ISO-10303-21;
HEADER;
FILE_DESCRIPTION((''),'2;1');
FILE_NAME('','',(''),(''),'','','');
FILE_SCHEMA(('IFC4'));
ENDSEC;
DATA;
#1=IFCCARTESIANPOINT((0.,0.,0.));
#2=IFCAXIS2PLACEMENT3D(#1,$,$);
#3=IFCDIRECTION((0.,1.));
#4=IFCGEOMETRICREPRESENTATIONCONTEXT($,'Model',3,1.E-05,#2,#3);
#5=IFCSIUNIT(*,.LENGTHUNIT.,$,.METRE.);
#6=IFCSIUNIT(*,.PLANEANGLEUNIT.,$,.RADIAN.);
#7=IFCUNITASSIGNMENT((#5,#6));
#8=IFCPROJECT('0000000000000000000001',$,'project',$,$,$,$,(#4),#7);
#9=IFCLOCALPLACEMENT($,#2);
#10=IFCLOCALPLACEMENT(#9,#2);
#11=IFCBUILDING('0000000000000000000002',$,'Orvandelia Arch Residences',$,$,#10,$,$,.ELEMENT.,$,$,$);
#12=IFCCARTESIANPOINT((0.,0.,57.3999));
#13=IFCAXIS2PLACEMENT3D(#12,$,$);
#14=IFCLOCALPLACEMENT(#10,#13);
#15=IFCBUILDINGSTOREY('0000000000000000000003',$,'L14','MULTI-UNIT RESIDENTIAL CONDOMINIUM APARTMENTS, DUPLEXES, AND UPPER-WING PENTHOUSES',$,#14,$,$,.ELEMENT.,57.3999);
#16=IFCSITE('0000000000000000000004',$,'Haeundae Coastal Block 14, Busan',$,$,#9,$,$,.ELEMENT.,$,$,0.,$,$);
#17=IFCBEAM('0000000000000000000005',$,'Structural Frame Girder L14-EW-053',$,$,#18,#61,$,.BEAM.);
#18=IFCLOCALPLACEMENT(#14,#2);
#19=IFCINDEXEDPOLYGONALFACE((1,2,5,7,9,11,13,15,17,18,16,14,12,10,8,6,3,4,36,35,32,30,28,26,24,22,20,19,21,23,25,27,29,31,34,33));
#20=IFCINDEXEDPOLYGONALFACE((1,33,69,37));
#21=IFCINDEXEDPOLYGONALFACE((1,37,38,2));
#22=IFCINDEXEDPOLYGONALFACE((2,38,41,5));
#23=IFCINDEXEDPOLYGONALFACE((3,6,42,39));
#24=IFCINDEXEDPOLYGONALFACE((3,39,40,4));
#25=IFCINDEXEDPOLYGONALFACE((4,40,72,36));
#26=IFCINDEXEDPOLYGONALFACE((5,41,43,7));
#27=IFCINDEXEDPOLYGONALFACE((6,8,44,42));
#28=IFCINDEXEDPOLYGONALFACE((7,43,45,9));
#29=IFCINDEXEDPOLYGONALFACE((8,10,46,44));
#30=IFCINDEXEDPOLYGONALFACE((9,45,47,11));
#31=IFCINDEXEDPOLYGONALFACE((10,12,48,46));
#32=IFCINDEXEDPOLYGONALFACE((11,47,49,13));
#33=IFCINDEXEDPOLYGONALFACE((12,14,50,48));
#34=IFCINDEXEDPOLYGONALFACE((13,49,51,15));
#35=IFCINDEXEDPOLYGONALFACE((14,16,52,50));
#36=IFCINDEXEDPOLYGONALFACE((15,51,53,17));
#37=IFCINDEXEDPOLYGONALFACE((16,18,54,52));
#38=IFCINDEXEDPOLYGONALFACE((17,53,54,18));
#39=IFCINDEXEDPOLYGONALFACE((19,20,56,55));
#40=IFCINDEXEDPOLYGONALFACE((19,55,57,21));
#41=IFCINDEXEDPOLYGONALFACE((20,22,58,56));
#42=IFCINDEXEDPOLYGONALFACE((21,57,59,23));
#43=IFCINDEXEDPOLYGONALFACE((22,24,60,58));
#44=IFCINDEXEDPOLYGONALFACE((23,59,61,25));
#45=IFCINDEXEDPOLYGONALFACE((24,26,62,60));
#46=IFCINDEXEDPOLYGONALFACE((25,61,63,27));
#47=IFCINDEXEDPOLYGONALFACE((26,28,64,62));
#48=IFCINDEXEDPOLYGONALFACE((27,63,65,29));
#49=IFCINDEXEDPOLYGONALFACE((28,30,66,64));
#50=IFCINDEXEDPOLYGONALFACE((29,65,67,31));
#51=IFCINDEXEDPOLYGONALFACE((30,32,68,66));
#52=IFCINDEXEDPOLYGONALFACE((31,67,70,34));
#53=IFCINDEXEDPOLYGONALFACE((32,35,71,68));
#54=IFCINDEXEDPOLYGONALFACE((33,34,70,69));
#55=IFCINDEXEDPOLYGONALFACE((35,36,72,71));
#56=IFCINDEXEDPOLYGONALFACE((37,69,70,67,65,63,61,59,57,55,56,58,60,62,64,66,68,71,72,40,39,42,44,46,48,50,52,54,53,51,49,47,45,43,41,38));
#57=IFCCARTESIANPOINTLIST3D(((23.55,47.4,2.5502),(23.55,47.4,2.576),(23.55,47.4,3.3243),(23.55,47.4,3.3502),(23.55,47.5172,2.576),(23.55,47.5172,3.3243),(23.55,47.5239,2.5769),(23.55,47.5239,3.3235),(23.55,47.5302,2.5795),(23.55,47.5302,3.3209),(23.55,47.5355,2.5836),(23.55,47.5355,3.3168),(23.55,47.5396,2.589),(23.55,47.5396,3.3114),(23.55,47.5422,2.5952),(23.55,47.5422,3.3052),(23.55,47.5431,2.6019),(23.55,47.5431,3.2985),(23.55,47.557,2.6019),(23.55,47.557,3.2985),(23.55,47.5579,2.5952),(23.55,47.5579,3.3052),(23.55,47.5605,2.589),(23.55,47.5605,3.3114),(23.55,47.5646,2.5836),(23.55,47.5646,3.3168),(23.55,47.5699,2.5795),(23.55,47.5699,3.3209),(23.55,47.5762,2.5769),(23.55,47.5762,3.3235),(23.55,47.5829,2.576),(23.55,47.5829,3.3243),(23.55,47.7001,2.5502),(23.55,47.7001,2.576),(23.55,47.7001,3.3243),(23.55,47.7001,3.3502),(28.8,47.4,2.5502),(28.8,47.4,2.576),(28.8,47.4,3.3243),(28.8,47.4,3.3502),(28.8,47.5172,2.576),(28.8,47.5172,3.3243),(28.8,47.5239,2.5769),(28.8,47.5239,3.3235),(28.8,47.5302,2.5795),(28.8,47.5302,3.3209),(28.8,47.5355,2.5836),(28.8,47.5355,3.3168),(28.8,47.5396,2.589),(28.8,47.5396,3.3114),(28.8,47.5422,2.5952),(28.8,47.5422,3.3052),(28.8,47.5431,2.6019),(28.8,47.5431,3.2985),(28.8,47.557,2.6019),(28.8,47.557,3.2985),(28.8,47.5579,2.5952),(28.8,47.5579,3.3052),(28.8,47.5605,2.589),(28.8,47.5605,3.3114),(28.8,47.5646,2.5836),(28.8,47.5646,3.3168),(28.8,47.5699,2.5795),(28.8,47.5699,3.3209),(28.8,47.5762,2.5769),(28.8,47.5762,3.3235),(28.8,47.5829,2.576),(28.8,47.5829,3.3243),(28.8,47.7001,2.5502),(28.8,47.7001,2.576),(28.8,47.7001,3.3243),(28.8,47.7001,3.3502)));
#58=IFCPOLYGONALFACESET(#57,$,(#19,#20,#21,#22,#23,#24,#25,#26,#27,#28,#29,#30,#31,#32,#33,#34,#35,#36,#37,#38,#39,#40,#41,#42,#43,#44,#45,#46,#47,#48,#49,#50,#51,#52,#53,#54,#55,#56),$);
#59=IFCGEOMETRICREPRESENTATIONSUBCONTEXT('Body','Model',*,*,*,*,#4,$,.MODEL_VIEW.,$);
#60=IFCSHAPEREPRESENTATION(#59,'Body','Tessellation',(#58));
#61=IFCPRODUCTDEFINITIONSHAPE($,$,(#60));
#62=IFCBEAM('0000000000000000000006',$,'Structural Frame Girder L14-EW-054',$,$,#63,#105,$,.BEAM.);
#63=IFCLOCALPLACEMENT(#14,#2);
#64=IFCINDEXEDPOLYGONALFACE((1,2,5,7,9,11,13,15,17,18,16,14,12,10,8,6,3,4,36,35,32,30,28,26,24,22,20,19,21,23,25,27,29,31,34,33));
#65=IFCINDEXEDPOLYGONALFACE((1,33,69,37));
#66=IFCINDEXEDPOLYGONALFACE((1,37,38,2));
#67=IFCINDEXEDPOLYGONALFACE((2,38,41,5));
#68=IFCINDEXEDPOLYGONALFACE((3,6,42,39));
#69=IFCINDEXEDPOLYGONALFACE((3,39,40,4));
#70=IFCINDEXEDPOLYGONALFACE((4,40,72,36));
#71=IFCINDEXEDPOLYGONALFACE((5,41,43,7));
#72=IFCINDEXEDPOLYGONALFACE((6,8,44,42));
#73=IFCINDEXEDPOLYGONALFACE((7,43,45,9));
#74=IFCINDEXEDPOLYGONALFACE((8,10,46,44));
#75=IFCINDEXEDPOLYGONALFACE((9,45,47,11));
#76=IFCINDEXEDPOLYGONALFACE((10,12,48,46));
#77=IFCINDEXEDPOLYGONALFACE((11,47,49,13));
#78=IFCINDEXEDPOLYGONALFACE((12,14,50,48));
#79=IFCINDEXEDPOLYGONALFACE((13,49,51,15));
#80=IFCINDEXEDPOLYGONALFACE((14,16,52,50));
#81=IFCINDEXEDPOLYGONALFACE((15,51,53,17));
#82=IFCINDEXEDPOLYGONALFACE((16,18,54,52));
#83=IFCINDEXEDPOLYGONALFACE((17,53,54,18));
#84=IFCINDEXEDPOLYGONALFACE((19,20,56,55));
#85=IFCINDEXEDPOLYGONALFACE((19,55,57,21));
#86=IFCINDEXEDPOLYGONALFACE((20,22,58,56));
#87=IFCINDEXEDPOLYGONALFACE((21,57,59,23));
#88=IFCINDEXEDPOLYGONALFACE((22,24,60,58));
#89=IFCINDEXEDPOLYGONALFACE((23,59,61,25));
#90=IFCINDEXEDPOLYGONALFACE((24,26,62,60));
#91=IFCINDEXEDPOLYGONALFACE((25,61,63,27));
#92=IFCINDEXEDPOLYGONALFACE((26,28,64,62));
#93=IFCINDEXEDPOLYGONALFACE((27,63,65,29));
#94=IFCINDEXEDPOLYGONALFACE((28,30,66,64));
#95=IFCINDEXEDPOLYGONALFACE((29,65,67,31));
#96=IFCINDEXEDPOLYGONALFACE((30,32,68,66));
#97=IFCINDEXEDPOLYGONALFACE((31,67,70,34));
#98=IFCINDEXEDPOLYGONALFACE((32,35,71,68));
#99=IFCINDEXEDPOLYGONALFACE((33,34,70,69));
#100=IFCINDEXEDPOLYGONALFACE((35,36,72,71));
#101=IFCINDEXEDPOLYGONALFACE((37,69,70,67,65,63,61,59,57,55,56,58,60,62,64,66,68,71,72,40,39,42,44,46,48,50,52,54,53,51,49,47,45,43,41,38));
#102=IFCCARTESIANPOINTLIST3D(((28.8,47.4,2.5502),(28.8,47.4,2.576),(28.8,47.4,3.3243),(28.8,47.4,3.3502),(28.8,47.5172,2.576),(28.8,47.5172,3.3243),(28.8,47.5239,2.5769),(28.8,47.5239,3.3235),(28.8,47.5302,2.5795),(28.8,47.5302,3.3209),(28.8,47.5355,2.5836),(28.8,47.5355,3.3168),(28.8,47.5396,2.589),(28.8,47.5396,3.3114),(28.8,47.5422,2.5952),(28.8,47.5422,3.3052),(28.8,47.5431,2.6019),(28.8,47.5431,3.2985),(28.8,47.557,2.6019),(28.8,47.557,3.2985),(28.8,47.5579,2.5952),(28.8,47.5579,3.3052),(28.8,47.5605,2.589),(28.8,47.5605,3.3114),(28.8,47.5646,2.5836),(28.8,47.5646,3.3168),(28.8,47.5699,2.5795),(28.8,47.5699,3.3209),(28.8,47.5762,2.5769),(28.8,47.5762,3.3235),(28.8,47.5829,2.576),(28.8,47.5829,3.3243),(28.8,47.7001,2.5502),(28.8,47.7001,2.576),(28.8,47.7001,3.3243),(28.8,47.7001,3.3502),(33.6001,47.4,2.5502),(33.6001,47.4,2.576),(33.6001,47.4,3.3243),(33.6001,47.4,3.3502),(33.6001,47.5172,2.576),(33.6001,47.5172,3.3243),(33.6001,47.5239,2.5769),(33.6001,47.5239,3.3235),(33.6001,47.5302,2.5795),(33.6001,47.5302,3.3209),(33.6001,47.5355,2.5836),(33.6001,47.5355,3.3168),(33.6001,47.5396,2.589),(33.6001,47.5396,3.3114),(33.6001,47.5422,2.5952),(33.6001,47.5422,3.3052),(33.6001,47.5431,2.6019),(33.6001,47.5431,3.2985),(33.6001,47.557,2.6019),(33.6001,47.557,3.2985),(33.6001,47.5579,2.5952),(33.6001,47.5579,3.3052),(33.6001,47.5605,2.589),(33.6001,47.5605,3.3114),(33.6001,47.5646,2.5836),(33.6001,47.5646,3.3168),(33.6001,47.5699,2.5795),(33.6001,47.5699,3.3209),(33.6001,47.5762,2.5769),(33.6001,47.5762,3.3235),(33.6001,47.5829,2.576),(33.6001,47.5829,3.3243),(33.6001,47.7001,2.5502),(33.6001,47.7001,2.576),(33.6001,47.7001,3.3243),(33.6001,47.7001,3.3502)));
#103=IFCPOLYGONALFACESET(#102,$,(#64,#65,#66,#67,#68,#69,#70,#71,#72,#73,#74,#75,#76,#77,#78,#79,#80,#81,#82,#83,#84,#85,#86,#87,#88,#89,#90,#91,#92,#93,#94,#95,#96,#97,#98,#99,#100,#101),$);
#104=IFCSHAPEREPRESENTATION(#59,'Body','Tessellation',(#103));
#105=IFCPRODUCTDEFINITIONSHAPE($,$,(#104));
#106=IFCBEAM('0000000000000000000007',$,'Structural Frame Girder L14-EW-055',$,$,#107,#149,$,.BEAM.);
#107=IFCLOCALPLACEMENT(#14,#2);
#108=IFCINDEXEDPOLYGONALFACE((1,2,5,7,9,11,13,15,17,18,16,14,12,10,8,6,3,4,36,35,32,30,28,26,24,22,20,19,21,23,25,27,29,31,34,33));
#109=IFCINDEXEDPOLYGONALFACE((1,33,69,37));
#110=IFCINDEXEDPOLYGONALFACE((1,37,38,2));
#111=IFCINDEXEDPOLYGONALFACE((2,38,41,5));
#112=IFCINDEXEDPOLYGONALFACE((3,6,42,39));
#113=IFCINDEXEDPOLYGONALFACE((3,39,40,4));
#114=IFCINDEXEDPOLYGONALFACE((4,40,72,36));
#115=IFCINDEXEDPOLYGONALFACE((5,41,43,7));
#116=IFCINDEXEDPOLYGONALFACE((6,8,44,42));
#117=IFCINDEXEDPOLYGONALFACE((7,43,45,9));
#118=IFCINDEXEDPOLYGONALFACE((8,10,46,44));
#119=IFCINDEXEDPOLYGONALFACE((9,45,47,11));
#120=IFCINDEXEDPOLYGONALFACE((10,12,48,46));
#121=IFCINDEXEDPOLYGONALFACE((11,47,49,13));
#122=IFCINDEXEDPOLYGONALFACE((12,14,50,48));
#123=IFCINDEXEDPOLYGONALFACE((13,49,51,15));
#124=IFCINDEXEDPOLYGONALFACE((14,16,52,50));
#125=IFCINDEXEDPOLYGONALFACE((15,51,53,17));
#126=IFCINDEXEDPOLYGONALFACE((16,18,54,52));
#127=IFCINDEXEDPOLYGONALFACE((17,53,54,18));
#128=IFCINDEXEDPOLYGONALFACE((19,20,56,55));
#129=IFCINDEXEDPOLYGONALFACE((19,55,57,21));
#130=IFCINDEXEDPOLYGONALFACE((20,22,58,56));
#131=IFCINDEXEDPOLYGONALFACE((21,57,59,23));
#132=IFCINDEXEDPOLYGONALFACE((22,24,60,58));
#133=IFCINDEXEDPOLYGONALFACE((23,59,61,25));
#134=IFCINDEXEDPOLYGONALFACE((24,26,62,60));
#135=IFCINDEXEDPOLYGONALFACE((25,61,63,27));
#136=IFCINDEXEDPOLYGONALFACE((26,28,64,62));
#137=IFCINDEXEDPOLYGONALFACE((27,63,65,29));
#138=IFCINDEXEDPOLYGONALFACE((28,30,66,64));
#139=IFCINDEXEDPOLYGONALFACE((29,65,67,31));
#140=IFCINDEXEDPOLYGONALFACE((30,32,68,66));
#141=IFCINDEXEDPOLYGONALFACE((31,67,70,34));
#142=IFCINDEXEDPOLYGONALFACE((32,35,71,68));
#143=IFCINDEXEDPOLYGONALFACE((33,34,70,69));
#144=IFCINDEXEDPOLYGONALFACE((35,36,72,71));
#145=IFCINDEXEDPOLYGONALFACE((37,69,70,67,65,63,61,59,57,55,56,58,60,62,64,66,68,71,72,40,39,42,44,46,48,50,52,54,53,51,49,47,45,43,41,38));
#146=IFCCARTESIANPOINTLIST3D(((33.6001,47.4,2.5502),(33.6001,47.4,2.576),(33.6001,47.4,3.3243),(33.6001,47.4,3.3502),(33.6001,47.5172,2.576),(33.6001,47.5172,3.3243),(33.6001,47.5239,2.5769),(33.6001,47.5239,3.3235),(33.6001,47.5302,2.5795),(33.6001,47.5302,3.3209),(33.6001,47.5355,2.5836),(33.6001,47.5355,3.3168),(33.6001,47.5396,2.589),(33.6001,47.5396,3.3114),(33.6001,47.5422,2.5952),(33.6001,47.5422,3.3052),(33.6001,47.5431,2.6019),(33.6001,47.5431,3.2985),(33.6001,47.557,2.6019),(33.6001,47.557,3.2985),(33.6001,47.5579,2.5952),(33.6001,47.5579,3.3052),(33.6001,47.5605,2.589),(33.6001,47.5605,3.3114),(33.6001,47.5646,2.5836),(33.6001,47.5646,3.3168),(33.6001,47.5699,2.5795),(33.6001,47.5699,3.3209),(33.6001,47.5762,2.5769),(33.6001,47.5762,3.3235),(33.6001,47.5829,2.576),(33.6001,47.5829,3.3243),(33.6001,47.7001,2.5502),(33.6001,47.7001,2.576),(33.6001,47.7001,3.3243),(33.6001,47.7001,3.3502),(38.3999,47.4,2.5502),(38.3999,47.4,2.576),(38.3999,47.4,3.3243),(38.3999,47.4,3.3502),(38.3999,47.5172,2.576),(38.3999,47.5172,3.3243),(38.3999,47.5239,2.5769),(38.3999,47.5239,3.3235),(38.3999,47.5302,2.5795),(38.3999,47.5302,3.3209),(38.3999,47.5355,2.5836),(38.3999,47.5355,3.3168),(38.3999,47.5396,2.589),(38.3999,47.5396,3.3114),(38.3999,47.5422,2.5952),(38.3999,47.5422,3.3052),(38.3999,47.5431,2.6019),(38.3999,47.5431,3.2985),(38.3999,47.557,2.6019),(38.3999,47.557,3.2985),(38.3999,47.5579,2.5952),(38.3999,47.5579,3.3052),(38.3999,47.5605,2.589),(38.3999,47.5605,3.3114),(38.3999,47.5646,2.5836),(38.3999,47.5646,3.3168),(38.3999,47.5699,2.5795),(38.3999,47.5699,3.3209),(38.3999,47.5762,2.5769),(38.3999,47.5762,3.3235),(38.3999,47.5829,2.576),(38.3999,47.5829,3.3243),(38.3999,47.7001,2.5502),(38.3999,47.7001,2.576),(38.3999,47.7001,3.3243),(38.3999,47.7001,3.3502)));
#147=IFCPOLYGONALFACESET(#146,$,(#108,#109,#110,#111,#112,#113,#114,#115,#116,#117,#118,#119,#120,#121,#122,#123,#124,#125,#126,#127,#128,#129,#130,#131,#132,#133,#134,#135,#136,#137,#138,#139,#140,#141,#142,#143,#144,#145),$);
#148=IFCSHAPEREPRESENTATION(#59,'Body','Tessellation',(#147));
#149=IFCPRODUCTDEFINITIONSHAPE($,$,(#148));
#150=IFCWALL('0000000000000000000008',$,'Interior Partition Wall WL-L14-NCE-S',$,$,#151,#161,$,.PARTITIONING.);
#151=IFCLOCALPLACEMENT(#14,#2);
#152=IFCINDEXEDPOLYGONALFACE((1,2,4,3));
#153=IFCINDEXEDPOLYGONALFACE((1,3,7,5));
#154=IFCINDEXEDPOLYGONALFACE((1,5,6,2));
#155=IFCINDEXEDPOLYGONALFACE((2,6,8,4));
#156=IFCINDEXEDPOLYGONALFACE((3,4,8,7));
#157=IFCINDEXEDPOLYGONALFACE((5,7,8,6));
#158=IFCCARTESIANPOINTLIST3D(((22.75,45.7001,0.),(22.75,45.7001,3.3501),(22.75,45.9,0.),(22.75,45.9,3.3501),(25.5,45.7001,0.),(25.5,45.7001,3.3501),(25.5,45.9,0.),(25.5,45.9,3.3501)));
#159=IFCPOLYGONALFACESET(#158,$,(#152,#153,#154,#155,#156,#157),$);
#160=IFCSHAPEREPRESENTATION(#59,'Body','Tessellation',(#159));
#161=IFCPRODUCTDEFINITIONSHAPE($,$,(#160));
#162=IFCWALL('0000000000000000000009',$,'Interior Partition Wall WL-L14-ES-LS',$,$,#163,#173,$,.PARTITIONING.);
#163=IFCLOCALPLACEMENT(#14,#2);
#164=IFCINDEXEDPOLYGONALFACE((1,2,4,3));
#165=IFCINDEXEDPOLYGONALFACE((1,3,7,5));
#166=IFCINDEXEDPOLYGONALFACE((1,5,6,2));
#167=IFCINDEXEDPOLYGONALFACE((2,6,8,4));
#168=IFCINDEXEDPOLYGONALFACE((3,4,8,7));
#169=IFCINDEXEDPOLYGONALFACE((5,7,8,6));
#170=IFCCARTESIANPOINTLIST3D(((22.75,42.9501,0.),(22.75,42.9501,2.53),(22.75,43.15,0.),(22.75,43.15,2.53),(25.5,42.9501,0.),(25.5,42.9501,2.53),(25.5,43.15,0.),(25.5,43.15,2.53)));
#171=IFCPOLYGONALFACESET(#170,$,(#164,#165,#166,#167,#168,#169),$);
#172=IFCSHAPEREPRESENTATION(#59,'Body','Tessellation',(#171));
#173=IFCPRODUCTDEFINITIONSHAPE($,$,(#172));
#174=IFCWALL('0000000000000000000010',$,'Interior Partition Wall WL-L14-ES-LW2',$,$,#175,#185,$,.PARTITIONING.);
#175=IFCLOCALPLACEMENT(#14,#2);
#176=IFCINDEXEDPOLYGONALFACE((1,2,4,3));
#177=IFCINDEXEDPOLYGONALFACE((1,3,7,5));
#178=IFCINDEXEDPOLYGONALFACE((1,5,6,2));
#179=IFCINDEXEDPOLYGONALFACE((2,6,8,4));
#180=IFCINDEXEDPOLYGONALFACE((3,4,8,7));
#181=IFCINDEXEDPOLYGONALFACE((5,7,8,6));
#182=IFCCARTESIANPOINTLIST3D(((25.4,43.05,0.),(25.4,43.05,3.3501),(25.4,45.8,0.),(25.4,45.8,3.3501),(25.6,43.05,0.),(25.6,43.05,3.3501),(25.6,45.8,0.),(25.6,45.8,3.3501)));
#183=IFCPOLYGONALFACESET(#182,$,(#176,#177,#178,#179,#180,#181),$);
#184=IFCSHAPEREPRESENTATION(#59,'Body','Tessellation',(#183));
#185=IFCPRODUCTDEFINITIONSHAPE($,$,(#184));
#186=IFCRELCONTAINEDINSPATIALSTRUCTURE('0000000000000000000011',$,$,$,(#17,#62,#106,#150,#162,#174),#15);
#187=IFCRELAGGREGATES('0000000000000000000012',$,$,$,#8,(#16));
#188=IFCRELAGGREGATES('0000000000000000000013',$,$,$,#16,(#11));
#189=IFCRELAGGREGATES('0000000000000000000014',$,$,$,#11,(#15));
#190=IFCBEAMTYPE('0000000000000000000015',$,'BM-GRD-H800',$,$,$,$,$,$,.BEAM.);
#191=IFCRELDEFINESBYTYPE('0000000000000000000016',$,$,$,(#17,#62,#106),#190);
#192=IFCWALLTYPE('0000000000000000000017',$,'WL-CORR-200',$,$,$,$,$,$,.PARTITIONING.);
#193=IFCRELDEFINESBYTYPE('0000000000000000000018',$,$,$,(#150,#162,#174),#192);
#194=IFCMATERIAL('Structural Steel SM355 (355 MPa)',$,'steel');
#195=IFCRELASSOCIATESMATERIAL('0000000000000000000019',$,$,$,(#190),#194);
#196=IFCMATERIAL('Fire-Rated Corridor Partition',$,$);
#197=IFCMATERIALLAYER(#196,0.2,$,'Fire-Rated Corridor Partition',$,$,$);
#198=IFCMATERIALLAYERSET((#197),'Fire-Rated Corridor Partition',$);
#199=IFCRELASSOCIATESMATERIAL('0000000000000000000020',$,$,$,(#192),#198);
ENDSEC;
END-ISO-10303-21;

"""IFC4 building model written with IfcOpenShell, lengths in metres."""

from ifc_helpers import new_model, si_unit, direction, frame, frame_2d, origin, origin_2d, place, context, subcontext, project, spatial, rectangle, i_section, extrude, material, layer, layer_set, material_profile, profile_set, type_object, element, save


model = new_model("IFC4")

# Units and contexts
model_context = context("Model", 3, precision=1e-05, world=origin(), true_north=direction((0.0, 1.0)))
body_context = subcontext(model_context, "Body", "Model", "MODEL_VIEW")
ifc_project = project(units=[si_unit("LENGTHUNIT", "METRE"), si_unit("PLANEANGLEUNIT", "RADIAN")], contexts=[model_context])

# Site, building, storey
site_placement = place(None, origin())
site = spatial("IfcSite", under=ifc_project, at=site_placement, Name="Haeundae Coastal Block 14, Busan", CompositionType="ELEMENT", RefElevation=0.0)
building_placement = place(site_placement, origin())
building = spatial("IfcBuilding", under=site, at=building_placement, Name="Orvandelia Arch Residences", CompositionType="ELEMENT")
storey_placement = place(building_placement, frame((0.0, 0.0, 57.3999)))
storey = spatial("IfcBuildingStorey", under=building, at=storey_placement, Name="L14", Description="MULTI-UNIT RESIDENTIAL CONDOMINIUM APARTMENTS, DUPLEXES, AND UPPER-WING PENTHOUSES", CompositionType="ELEMENT", Elevation=57.3999)

# Beams
ifc_material_1 = material(Name="Structural Steel SM355 (355 MPa)", Category="steel")
ifc_material_profile_1 = material_profile(ifc_material_1, i_section(OverallWidth=0.3, OverallDepth=0.8, WebThickness=0.0139, FlangeThickness=0.0259, FilletRadius=0.0259, at=origin_2d()), Name="Structural Steel SM355 (355 MPa)", Category="steel")
ifc_profile_set_1 = profile_set([ifc_material_profile_1], Name="Structural Steel SM355 (355 MPa)")
beam_type = type_object("IfcBeamType", Name="BM-GRD-H800", PredefinedType="BEAM", material=ifc_profile_set_1)
beam_1_placement = place(storey_placement, frame((23.55, 47.55, 2.9502), z_axis=(1.0, 0.0, 0.0), x_axis=(0.0, 1.0, 0.0)))
element("IfcBeam", 1, at=beam_1_placement, inside=storey, type_object=beam_type, Name="Structural Frame Girder L14-EW-053", PredefinedType="BEAM", context=body_context, shape_type="SweptSolid", body=[
    extrude(i_section(OverallWidth=0.3, OverallDepth=0.8, WebThickness=0.0139, FlangeThickness=0.0259, FilletRadius=0.0259, at=origin_2d()), origin(), (0.0, 0.0, 1.0), 5.25),
])
beam_2_placement = place(storey_placement, frame((28.8, 47.55, 2.9502), z_axis=(1.0, 0.0, 0.0), x_axis=(0.0, 1.0, 0.0)))
element("IfcBeam", 2, at=beam_2_placement, inside=storey, type_object=beam_type, Name="Structural Frame Girder L14-EW-054", PredefinedType="BEAM", context=body_context, shape_type="SweptSolid", body=[
    extrude(i_section(OverallWidth=0.3, OverallDepth=0.8, WebThickness=0.0139, FlangeThickness=0.0259, FilletRadius=0.0259, at=origin_2d()), origin(), (0.0, 0.0, 1.0), 4.8),
])
beam_3_placement = place(storey_placement, frame((33.6001, 47.55, 2.9502), z_axis=(1.0, 0.0, 0.0), x_axis=(0.0, 1.0, 0.0)))
element("IfcBeam", 3, at=beam_3_placement, inside=storey, type_object=beam_type, Name="Structural Frame Girder L14-EW-055", PredefinedType="BEAM", context=body_context, shape_type="SweptSolid", body=[
    extrude(i_section(OverallWidth=0.3, OverallDepth=0.8, WebThickness=0.0139, FlangeThickness=0.0259, FilletRadius=0.0259, at=origin_2d()), origin(), (0.0, 0.0, 1.0), 4.7998),
])

# Walls
ifc_material_2 = material(Name="Fire-Rated Corridor Partition")
ifc_layer_1 = layer(ifc_material_2, 0.2, Name="Fire-Rated Corridor Partition")
ifc_layer_set_1 = layer_set([ifc_layer_1], Name="Fire-Rated Corridor Partition")
wall_type_1 = type_object("IfcWallType", Name="WL-CORR-200", PredefinedType="PARTITIONING", material=ifc_layer_set_1)
wall_1_placement = place(storey_placement, frame((22.75, 45.8, 0.0), z_axis=(0.0, 0.0, 1.0), x_axis=(1.0, 0.0, 0.0)))
element("IfcWall", 4, at=wall_1_placement, inside=storey, type_object=wall_type_1, Name="Interior Partition Wall WL-L14-NCE-S", PredefinedType="PARTITIONING", context=body_context, shape_type="SweptSolid", body=[
    extrude(rectangle(XDim=2.75, YDim=0.2, at=frame_2d((1.375, 0.0))), origin(), (0.0, 0.0, 1.0), 3.3501),
])
wall_2_placement = place(storey_placement, frame((22.75, 43.05, 0.0), z_axis=(0.0, 0.0, 1.0), x_axis=(1.0, 0.0, 0.0)))
element("IfcWall", 5, at=wall_2_placement, inside=storey, type_object=wall_type_1, Name="Interior Partition Wall WL-L14-ES-LS", PredefinedType="PARTITIONING", context=body_context, shape_type="SweptSolid", body=[
    extrude(rectangle(XDim=2.75, YDim=0.2, at=frame_2d((1.375, 0.0))), origin(), (0.0, 0.0, 1.0), 2.53),
])
wall_3_placement = place(storey_placement, frame((25.5, 43.05, 0.0), z_axis=(0.0, 0.0, 1.0), x_axis=(0.0, 1.0, 0.0)))
element("IfcWall", 6, at=wall_3_placement, inside=storey, type_object=wall_type_1, Name="Interior Partition Wall WL-L14-ES-LW2", PredefinedType="PARTITIONING", context=body_context, shape_type="SweptSolid", body=[
    extrude(rectangle(XDim=2.75, YDim=0.2, at=frame_2d((1.375, 0.0))), origin(), (0.0, 0.0, 1.0), 3.3501),
])

save(model, "model.ifc")
